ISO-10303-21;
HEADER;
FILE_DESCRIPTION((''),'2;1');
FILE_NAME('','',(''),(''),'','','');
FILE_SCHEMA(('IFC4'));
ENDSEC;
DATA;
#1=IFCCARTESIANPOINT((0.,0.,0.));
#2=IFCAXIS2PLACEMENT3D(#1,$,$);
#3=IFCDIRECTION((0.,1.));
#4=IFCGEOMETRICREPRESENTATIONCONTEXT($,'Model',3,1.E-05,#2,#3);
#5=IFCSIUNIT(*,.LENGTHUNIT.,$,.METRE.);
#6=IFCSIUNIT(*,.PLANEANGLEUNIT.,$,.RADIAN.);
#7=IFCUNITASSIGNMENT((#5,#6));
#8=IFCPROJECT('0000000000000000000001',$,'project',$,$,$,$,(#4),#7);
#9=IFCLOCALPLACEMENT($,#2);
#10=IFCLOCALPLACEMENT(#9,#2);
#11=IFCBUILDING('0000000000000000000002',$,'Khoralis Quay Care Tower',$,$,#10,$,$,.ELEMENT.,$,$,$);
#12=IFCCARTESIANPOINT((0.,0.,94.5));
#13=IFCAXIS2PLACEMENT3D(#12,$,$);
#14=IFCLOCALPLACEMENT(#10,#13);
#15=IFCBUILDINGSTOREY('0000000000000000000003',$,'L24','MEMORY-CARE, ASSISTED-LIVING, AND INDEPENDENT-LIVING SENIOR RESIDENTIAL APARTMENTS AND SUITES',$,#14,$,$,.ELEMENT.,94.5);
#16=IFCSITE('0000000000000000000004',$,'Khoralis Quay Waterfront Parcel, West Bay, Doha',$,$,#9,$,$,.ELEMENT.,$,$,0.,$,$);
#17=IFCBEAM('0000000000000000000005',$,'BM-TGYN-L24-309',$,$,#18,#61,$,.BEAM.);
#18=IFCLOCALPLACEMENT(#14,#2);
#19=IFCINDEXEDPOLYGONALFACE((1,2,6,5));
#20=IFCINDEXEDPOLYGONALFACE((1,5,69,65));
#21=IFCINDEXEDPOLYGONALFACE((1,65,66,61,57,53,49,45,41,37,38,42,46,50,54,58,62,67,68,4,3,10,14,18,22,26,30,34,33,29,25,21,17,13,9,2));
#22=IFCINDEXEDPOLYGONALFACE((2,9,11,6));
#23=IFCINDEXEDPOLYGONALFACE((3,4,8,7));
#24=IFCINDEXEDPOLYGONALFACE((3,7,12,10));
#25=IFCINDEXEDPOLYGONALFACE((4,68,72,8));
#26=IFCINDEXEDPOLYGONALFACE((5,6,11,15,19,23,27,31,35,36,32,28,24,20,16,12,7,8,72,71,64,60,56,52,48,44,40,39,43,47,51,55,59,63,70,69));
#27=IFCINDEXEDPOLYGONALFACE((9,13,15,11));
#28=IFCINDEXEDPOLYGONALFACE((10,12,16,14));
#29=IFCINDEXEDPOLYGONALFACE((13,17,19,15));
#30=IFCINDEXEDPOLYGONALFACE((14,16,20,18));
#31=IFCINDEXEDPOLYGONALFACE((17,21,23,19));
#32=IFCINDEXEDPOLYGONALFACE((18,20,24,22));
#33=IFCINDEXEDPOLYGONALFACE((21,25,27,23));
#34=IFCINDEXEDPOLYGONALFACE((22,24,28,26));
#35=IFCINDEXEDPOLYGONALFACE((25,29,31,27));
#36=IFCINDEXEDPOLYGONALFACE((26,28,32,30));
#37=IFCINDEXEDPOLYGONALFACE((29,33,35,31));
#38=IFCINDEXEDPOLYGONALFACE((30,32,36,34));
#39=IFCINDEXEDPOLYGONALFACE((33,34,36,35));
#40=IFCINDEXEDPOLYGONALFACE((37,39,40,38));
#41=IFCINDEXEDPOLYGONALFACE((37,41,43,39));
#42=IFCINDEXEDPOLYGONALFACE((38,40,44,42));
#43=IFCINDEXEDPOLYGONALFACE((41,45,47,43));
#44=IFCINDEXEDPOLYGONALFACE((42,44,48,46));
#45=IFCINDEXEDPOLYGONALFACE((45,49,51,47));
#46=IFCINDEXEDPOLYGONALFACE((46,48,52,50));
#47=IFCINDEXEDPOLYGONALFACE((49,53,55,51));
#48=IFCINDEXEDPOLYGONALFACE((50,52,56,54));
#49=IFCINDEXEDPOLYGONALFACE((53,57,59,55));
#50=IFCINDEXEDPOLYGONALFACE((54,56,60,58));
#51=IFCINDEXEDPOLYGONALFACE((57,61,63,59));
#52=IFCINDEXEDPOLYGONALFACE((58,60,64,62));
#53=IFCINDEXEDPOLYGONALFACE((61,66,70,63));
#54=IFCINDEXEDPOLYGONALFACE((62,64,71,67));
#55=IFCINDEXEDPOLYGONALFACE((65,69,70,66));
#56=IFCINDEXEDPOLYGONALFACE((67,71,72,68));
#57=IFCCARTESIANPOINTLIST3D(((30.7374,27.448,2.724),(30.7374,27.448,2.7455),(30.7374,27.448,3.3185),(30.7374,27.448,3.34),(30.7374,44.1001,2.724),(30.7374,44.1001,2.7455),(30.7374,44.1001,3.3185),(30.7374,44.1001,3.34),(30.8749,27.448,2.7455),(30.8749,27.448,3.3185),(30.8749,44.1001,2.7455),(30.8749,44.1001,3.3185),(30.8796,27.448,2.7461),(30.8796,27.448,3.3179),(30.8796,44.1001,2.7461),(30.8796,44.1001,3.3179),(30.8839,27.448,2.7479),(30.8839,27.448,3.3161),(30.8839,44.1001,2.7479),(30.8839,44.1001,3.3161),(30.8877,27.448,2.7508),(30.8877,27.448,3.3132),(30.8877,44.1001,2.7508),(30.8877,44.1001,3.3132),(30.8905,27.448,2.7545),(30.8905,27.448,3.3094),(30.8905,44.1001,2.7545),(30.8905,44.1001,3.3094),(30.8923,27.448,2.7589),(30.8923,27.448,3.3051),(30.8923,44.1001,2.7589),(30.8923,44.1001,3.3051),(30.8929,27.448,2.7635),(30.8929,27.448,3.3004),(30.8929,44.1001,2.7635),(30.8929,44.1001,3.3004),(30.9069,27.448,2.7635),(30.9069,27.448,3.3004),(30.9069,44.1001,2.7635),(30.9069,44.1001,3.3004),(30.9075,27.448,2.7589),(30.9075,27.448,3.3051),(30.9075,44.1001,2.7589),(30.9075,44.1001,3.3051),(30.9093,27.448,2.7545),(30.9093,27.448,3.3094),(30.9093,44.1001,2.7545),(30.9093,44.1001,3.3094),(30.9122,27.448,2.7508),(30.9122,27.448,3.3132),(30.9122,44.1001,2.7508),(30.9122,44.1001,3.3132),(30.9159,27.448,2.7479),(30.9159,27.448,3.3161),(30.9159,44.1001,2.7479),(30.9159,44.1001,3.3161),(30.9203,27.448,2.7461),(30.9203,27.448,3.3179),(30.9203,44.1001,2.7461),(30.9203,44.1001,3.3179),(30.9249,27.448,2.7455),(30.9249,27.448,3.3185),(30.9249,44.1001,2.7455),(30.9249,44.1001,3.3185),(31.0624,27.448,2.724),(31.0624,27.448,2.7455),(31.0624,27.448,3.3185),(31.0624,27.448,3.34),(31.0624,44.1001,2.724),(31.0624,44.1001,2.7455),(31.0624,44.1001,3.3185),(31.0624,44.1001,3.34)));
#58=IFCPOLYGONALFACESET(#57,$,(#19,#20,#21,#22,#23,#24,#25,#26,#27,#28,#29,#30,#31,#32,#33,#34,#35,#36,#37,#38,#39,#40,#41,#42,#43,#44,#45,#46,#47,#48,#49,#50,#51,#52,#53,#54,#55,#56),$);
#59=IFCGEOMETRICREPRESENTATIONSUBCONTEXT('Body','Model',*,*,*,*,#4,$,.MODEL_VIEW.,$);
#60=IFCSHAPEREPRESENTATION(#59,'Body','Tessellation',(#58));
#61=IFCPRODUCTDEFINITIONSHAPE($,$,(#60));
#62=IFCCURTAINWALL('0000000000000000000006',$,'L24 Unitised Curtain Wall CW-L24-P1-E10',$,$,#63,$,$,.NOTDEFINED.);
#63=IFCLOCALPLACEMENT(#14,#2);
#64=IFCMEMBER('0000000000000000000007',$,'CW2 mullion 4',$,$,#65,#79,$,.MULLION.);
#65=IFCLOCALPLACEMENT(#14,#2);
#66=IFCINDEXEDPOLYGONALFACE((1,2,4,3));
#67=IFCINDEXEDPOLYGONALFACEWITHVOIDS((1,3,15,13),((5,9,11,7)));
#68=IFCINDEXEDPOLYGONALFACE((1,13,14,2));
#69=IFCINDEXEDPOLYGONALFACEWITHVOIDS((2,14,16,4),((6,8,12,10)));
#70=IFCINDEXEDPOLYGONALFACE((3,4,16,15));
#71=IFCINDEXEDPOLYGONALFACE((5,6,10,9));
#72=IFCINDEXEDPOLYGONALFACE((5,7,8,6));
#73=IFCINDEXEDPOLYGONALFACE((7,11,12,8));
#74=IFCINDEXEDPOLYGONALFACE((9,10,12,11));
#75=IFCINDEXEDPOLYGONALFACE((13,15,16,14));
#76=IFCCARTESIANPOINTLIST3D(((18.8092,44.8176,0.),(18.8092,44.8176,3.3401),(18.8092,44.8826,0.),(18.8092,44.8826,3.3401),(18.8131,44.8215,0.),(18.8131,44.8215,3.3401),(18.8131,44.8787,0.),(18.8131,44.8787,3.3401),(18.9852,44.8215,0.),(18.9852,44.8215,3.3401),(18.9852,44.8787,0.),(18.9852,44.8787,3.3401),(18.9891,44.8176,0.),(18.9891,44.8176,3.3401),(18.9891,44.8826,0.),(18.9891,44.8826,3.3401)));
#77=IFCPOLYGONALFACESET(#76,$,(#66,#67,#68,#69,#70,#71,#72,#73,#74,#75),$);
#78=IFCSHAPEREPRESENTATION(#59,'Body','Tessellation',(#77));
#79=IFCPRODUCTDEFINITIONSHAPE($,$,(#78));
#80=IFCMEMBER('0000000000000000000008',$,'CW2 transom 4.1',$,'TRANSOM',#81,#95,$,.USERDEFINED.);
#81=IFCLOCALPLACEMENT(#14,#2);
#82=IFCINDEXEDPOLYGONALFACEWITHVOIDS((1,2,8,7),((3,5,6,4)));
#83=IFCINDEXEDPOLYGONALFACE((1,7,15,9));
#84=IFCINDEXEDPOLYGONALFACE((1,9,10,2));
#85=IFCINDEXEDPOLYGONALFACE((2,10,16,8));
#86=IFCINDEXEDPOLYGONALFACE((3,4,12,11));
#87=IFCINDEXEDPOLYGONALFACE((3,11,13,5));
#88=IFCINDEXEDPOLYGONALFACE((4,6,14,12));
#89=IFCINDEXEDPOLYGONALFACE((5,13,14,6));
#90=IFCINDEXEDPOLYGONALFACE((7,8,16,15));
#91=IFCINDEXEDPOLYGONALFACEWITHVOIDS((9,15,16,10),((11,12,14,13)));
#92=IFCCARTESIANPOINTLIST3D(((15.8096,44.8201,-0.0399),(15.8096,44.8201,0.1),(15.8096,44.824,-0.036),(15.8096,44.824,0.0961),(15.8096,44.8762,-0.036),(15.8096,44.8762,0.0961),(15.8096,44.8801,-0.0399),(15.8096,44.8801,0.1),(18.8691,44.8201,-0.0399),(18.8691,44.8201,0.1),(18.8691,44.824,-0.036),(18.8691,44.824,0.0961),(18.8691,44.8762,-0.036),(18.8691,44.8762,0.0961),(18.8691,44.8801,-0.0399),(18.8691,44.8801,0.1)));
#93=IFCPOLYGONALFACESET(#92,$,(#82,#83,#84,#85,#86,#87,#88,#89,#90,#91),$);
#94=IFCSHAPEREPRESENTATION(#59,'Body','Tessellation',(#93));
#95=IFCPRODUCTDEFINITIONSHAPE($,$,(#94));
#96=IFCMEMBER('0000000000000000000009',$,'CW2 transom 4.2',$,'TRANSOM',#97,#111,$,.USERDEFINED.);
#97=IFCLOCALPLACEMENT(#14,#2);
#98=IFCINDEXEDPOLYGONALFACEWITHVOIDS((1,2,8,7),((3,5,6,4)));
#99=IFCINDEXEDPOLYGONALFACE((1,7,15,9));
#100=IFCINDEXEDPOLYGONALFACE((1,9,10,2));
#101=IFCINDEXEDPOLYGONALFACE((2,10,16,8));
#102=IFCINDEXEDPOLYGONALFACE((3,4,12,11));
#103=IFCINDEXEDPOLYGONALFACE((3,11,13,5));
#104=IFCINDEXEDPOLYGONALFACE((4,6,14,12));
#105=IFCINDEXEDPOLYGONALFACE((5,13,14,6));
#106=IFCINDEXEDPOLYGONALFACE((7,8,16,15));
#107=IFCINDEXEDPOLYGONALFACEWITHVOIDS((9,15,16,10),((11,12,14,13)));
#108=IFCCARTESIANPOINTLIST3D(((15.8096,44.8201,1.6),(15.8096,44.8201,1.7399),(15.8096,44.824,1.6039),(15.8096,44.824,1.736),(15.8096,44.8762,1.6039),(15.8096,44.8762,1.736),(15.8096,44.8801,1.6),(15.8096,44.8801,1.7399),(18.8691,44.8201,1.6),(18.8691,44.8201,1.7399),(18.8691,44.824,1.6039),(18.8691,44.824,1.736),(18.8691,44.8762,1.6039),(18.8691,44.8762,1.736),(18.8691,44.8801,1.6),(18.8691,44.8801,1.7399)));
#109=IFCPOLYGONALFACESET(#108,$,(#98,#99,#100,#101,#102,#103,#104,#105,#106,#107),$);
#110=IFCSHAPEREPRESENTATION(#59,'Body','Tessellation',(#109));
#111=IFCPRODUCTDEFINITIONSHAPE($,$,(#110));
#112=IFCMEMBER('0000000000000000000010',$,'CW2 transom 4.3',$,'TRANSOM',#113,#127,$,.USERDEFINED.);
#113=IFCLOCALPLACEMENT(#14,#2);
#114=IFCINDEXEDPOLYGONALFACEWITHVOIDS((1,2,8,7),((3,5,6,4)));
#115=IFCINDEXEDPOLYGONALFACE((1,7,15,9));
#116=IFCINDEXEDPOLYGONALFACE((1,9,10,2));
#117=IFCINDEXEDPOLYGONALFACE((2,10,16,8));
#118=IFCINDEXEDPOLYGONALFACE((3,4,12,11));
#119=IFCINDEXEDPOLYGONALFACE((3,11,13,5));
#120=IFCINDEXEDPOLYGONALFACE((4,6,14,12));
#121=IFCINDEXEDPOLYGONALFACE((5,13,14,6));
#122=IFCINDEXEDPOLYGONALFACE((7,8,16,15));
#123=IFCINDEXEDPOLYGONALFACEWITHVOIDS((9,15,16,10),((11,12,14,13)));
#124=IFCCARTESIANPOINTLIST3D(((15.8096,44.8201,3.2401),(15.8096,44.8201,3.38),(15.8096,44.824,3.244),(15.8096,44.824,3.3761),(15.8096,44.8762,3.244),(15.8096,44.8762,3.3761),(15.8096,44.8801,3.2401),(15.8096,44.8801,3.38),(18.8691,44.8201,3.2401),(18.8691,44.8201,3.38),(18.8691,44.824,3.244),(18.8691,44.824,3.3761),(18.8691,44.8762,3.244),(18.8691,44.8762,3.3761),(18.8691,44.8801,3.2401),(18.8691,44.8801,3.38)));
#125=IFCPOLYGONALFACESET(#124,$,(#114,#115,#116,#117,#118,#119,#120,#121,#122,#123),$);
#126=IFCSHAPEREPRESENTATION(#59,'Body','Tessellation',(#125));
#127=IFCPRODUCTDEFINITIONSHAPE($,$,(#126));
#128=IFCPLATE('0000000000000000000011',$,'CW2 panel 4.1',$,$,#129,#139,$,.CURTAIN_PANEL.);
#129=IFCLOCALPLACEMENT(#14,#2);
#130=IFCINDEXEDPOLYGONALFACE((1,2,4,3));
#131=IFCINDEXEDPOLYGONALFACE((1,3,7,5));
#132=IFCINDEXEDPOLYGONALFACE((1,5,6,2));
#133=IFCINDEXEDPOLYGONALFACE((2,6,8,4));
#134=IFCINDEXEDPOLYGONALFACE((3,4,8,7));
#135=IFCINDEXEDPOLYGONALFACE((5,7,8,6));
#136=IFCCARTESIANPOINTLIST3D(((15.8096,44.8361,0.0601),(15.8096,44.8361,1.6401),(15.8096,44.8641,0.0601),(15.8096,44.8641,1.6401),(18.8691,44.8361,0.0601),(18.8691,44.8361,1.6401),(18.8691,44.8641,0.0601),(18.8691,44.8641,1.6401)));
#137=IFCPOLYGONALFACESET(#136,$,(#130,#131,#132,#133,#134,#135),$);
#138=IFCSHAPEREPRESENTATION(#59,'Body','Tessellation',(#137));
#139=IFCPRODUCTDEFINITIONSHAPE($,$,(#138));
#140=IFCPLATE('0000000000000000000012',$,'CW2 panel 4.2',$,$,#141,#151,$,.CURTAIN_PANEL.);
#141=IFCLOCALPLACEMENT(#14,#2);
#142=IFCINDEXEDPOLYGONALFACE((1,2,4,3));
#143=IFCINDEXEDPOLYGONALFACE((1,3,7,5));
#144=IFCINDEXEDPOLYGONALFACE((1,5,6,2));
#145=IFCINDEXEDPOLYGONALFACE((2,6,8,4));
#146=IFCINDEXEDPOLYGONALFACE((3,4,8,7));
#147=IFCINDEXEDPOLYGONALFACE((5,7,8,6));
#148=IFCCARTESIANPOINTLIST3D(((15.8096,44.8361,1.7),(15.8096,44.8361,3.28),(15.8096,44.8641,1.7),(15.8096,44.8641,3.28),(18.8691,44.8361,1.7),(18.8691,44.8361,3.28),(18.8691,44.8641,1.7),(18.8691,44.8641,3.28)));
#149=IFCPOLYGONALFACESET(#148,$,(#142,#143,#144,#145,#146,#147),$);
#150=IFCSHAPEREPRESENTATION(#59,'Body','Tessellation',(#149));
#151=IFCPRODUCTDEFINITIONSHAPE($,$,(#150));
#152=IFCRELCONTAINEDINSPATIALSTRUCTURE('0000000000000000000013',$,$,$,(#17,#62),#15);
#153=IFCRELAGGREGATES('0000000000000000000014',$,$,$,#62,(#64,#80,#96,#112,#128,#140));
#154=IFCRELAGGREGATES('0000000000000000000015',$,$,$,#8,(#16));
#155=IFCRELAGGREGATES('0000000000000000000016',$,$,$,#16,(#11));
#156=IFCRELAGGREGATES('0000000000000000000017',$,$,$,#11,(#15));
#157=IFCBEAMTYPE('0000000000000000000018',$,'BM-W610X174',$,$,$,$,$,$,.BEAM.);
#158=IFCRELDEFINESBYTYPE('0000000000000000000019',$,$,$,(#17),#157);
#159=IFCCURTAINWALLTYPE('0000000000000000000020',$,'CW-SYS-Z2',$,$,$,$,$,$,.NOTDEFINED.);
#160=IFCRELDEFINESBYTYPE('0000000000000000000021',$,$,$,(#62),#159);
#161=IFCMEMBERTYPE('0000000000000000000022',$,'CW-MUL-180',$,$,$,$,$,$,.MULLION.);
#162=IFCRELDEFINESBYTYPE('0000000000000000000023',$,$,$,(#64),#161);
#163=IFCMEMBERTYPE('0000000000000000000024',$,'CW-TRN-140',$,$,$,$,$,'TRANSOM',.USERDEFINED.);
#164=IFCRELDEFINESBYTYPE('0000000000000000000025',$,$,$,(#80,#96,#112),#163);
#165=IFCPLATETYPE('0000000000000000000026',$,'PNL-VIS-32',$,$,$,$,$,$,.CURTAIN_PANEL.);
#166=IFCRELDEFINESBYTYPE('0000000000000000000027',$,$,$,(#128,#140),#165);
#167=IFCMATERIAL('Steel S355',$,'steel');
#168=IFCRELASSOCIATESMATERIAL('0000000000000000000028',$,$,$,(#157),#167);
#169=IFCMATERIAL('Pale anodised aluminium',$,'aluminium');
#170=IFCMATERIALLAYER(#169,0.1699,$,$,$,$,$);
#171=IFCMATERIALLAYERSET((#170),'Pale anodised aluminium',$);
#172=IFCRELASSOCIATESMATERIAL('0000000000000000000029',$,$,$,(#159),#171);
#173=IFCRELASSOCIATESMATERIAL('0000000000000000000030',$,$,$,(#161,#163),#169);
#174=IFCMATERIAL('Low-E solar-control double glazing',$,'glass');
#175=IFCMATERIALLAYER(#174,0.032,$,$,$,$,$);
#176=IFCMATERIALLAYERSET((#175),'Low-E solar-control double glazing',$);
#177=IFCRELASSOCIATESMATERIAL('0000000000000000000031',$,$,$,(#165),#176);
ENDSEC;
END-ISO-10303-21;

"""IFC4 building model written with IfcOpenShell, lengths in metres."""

from ifc_helpers import new_model, si_unit, direction, frame, origin, origin_2d, place, context, subcontext, project, spatial, rectangle, hollow_rectangle, i_section, extrude, source, transform, mapped, material, layer, layer_set, material_profile, profile_set, type_object, element, aggregate, save


model = new_model("IFC4")

# Units and contexts
model_context = context("Model", 3, precision=1e-05, world=origin(), true_north=direction((0.0, 1.0)))
body_context = subcontext(model_context, "Body", "Model", "MODEL_VIEW")
ifc_project = project(units=[si_unit("LENGTHUNIT", "METRE"), si_unit("PLANEANGLEUNIT", "RADIAN")], contexts=[model_context])

# Site, building, storey
site_placement = place(None, origin())
site = spatial("IfcSite", under=ifc_project, at=site_placement, Name="Khoralis Quay Waterfront Parcel, West Bay, Doha", CompositionType="ELEMENT", RefElevation=0.0)
building_placement = place(site_placement, origin())
building = spatial("IfcBuilding", under=site, at=building_placement, Name="Khoralis Quay Care Tower", CompositionType="ELEMENT")
storey_placement = place(building_placement, frame((0.0, 0.0, 94.5)))
storey = spatial("IfcBuildingStorey", under=building, at=storey_placement, Name="L24", Description="MEMORY-CARE, ASSISTED-LIVING, AND INDEPENDENT-LIVING SENIOR RESIDENTIAL APARTMENTS AND SUITES", CompositionType="ELEMENT", Elevation=94.5)

# Beam
ifc_material_1 = material(Name="Steel S355", Category="steel")
ifc_material_profile_1 = material_profile(ifc_material_1, i_section(OverallWidth=0.325, OverallDepth=0.616, WebThickness=0.0139, FlangeThickness=0.0215, FilletRadius=0.0181, at=origin_2d()), Name="Steel S355")
ifc_profile_set_1 = profile_set([ifc_material_profile_1], Name="Steel S355")
beam_type_1 = type_object("IfcBeamType", Name="BM-W610X174", PredefinedType="BEAM", material=ifc_profile_set_1)
shared_shape_1 = source(origin(), body_context, "Body", "SweptSolid", [
    extrude(i_section(OverallWidth=0.325, OverallDepth=0.616, WebThickness=0.0139, FlangeThickness=0.0215, FilletRadius=0.0181, at=origin_2d()), origin(), (0.0, 0.0, 1.0), 16.6521),
])
beam_1_placement = place(storey_placement, frame((30.8999, 27.448, 3.032), z_axis=(0.0, 1.0, 0.0), x_axis=(-1.0, 0.0, 0.0)))
element("IfcBeam", 1, at=beam_1_placement, inside=storey, type_object=beam_type_1, Name="BM-TGYN-L24-309", PredefinedType="BEAM", context=body_context, shape_type="MappedRepresentation", body=[
    mapped(shared_shape_1, transform((0.0, 0.0, 0.0), scale=1.0)),
])

# Curtain wall, members, plates
ifc_material_2 = material(Name="Pale anodised aluminium", Category="aluminium")
ifc_layer_1 = layer(ifc_material_2, 0.1699)
ifc_layer_set_1 = layer_set([ifc_layer_1], Name="Pale anodised aluminium")
curtain_wall_type = type_object("IfcCurtainWallType", Name="CW-SYS-Z2", PredefinedType="NOTDEFINED", material=ifc_layer_set_1)
curtain_wall_placement = place(storey_placement, origin())
curtain_wall = element("IfcCurtainWall", 2, at=curtain_wall_placement, inside=storey, type_object=curtain_wall_type, Name="L24 Unitised Curtain Wall CW-L24-P1-E10", PredefinedType="NOTDEFINED")
ifc_material_profile_2 = material_profile(ifc_material_2, hollow_rectangle(XDim=0.0649, YDim=0.1799, WallThickness=0.0039, at=origin_2d()), Name="Pale anodised aluminium")
ifc_profile_set_2 = profile_set([ifc_material_profile_2], Name="Pale anodised aluminium")
member_type_1 = type_object("IfcMemberType", Name="CW-MUL-180", PredefinedType="MULLION", material=ifc_profile_set_2)
shared_shape_2 = source(origin(), body_context, "Body", "SweptSolid", [
    extrude(hollow_rectangle(XDim=0.0649, YDim=0.1799, WallThickness=0.0039, at=origin_2d()), origin(), (0.0, 0.0, 1.0), 3.3401),
])
member_1_placement = place(storey_placement, frame((18.8992, 44.8501, 0.0), z_axis=(0.0, 0.0, 1.0), x_axis=(0.0, -1.0, 0.0)))
member_1 = element("IfcMember", 3, at=member_1_placement, type_object=member_type_1, Name="CW2 mullion 4", PredefinedType="MULLION", context=body_context, shape_type="MappedRepresentation", body=[
    mapped(shared_shape_2, transform((0.0, 0.0, 0.0), scale=1.0)),
])
ifc_material_profile_3 = material_profile(ifc_material_2, hollow_rectangle(XDim=0.0601, YDim=0.1399, WallThickness=0.0039, at=origin_2d()), Name="Pale anodised aluminium")
ifc_profile_set_3 = profile_set([ifc_material_profile_3], Name="Pale anodised aluminium")
member_type_2 = type_object("IfcMemberType", Name="CW-TRN-140", ElementType="TRANSOM", PredefinedType="USERDEFINED", material=ifc_profile_set_3)
shared_shape_3 = source(origin(), body_context, "Body", "SweptSolid", [
    extrude(hollow_rectangle(XDim=0.0601, YDim=0.1399, WallThickness=0.0039, at=origin_2d()), origin(), (0.0, 0.0, 1.0), 3.0596),
])
member_2_placement = place(storey_placement, frame((18.8691, 44.8501, 0.03), z_axis=(-1.0, 0.0, 0.0), x_axis=(0.0, -1.0, 0.0)))
member_2 = element("IfcMember", 4, at=member_2_placement, type_object=member_type_2, Name="CW2 transom 4.1", ObjectType="TRANSOM", PredefinedType="USERDEFINED", context=body_context, shape_type="MappedRepresentation", body=[
    mapped(shared_shape_3, transform((0.0, 0.0, 0.0), scale=1.0)),
])
member_3_placement = place(storey_placement, frame((18.8691, 44.8501, 1.6699), z_axis=(-1.0, 0.0, 0.0), x_axis=(0.0, -1.0, 0.0)))
member_3 = element("IfcMember", 5, at=member_3_placement, type_object=member_type_2, Name="CW2 transom 4.2", ObjectType="TRANSOM", PredefinedType="USERDEFINED", context=body_context, shape_type="MappedRepresentation", body=[
    mapped(shared_shape_3, transform((0.0, 0.0, 0.0), scale=1.0)),
])
member_4_placement = place(storey_placement, frame((18.8691, 44.8501, 3.3101), z_axis=(-1.0, 0.0, 0.0), x_axis=(0.0, -1.0, 0.0)))
member_4 = element("IfcMember", 6, at=member_4_placement, type_object=member_type_2, Name="CW2 transom 4.3", ObjectType="TRANSOM", PredefinedType="USERDEFINED", context=body_context, shape_type="MappedRepresentation", body=[
    mapped(shared_shape_3, transform((0.0, 0.0, 0.0), scale=1.0)),
])
ifc_material_3 = material(Name="Low-E solar-control double glazing", Category="glass")
ifc_layer_2 = layer(ifc_material_3, 0.032)
ifc_layer_set_2 = layer_set([ifc_layer_2], Name="Low-E solar-control double glazing")
plate_type = type_object("IfcPlateType", Name="PNL-VIS-32", PredefinedType="CURTAIN_PANEL", material=ifc_layer_set_2)
shared_shape_4 = source(origin(), body_context, "Body", "SweptSolid", [
    extrude(rectangle(XDim=3.0596, YDim=0.0281, at=origin_2d()), origin(), (0.0, 0.0, 1.0), 1.5801),
])
plate_1_placement = place(storey_placement, frame((17.3394, 44.8501, 0.0601), z_axis=(0.0, 0.0, 1.0), x_axis=(-1.0, 0.0, 0.0)))
plate_1 = element("IfcPlate", 7, at=plate_1_placement, type_object=plate_type, Name="CW2 panel 4.1", PredefinedType="CURTAIN_PANEL", context=body_context, shape_type="MappedRepresentation", body=[
    mapped(shared_shape_4, transform((0.0, 0.0, 0.0), scale=1.0)),
])
plate_2_placement = place(storey_placement, frame((17.3394, 44.8501, 1.7), z_axis=(0.0, 0.0, 1.0), x_axis=(-1.0, 0.0, 0.0)))
plate_2 = element("IfcPlate", 8, at=plate_2_placement, type_object=plate_type, Name="CW2 panel 4.2", PredefinedType="CURTAIN_PANEL", context=body_context, shape_type="MappedRepresentation", body=[
    mapped(shared_shape_4, transform((0.0, 0.0, 0.0), scale=1.0)),
])
aggregate(curtain_wall, [member_1, member_2, member_3, member_4, plate_1, plate_2])

save(model, "model.ifc")
